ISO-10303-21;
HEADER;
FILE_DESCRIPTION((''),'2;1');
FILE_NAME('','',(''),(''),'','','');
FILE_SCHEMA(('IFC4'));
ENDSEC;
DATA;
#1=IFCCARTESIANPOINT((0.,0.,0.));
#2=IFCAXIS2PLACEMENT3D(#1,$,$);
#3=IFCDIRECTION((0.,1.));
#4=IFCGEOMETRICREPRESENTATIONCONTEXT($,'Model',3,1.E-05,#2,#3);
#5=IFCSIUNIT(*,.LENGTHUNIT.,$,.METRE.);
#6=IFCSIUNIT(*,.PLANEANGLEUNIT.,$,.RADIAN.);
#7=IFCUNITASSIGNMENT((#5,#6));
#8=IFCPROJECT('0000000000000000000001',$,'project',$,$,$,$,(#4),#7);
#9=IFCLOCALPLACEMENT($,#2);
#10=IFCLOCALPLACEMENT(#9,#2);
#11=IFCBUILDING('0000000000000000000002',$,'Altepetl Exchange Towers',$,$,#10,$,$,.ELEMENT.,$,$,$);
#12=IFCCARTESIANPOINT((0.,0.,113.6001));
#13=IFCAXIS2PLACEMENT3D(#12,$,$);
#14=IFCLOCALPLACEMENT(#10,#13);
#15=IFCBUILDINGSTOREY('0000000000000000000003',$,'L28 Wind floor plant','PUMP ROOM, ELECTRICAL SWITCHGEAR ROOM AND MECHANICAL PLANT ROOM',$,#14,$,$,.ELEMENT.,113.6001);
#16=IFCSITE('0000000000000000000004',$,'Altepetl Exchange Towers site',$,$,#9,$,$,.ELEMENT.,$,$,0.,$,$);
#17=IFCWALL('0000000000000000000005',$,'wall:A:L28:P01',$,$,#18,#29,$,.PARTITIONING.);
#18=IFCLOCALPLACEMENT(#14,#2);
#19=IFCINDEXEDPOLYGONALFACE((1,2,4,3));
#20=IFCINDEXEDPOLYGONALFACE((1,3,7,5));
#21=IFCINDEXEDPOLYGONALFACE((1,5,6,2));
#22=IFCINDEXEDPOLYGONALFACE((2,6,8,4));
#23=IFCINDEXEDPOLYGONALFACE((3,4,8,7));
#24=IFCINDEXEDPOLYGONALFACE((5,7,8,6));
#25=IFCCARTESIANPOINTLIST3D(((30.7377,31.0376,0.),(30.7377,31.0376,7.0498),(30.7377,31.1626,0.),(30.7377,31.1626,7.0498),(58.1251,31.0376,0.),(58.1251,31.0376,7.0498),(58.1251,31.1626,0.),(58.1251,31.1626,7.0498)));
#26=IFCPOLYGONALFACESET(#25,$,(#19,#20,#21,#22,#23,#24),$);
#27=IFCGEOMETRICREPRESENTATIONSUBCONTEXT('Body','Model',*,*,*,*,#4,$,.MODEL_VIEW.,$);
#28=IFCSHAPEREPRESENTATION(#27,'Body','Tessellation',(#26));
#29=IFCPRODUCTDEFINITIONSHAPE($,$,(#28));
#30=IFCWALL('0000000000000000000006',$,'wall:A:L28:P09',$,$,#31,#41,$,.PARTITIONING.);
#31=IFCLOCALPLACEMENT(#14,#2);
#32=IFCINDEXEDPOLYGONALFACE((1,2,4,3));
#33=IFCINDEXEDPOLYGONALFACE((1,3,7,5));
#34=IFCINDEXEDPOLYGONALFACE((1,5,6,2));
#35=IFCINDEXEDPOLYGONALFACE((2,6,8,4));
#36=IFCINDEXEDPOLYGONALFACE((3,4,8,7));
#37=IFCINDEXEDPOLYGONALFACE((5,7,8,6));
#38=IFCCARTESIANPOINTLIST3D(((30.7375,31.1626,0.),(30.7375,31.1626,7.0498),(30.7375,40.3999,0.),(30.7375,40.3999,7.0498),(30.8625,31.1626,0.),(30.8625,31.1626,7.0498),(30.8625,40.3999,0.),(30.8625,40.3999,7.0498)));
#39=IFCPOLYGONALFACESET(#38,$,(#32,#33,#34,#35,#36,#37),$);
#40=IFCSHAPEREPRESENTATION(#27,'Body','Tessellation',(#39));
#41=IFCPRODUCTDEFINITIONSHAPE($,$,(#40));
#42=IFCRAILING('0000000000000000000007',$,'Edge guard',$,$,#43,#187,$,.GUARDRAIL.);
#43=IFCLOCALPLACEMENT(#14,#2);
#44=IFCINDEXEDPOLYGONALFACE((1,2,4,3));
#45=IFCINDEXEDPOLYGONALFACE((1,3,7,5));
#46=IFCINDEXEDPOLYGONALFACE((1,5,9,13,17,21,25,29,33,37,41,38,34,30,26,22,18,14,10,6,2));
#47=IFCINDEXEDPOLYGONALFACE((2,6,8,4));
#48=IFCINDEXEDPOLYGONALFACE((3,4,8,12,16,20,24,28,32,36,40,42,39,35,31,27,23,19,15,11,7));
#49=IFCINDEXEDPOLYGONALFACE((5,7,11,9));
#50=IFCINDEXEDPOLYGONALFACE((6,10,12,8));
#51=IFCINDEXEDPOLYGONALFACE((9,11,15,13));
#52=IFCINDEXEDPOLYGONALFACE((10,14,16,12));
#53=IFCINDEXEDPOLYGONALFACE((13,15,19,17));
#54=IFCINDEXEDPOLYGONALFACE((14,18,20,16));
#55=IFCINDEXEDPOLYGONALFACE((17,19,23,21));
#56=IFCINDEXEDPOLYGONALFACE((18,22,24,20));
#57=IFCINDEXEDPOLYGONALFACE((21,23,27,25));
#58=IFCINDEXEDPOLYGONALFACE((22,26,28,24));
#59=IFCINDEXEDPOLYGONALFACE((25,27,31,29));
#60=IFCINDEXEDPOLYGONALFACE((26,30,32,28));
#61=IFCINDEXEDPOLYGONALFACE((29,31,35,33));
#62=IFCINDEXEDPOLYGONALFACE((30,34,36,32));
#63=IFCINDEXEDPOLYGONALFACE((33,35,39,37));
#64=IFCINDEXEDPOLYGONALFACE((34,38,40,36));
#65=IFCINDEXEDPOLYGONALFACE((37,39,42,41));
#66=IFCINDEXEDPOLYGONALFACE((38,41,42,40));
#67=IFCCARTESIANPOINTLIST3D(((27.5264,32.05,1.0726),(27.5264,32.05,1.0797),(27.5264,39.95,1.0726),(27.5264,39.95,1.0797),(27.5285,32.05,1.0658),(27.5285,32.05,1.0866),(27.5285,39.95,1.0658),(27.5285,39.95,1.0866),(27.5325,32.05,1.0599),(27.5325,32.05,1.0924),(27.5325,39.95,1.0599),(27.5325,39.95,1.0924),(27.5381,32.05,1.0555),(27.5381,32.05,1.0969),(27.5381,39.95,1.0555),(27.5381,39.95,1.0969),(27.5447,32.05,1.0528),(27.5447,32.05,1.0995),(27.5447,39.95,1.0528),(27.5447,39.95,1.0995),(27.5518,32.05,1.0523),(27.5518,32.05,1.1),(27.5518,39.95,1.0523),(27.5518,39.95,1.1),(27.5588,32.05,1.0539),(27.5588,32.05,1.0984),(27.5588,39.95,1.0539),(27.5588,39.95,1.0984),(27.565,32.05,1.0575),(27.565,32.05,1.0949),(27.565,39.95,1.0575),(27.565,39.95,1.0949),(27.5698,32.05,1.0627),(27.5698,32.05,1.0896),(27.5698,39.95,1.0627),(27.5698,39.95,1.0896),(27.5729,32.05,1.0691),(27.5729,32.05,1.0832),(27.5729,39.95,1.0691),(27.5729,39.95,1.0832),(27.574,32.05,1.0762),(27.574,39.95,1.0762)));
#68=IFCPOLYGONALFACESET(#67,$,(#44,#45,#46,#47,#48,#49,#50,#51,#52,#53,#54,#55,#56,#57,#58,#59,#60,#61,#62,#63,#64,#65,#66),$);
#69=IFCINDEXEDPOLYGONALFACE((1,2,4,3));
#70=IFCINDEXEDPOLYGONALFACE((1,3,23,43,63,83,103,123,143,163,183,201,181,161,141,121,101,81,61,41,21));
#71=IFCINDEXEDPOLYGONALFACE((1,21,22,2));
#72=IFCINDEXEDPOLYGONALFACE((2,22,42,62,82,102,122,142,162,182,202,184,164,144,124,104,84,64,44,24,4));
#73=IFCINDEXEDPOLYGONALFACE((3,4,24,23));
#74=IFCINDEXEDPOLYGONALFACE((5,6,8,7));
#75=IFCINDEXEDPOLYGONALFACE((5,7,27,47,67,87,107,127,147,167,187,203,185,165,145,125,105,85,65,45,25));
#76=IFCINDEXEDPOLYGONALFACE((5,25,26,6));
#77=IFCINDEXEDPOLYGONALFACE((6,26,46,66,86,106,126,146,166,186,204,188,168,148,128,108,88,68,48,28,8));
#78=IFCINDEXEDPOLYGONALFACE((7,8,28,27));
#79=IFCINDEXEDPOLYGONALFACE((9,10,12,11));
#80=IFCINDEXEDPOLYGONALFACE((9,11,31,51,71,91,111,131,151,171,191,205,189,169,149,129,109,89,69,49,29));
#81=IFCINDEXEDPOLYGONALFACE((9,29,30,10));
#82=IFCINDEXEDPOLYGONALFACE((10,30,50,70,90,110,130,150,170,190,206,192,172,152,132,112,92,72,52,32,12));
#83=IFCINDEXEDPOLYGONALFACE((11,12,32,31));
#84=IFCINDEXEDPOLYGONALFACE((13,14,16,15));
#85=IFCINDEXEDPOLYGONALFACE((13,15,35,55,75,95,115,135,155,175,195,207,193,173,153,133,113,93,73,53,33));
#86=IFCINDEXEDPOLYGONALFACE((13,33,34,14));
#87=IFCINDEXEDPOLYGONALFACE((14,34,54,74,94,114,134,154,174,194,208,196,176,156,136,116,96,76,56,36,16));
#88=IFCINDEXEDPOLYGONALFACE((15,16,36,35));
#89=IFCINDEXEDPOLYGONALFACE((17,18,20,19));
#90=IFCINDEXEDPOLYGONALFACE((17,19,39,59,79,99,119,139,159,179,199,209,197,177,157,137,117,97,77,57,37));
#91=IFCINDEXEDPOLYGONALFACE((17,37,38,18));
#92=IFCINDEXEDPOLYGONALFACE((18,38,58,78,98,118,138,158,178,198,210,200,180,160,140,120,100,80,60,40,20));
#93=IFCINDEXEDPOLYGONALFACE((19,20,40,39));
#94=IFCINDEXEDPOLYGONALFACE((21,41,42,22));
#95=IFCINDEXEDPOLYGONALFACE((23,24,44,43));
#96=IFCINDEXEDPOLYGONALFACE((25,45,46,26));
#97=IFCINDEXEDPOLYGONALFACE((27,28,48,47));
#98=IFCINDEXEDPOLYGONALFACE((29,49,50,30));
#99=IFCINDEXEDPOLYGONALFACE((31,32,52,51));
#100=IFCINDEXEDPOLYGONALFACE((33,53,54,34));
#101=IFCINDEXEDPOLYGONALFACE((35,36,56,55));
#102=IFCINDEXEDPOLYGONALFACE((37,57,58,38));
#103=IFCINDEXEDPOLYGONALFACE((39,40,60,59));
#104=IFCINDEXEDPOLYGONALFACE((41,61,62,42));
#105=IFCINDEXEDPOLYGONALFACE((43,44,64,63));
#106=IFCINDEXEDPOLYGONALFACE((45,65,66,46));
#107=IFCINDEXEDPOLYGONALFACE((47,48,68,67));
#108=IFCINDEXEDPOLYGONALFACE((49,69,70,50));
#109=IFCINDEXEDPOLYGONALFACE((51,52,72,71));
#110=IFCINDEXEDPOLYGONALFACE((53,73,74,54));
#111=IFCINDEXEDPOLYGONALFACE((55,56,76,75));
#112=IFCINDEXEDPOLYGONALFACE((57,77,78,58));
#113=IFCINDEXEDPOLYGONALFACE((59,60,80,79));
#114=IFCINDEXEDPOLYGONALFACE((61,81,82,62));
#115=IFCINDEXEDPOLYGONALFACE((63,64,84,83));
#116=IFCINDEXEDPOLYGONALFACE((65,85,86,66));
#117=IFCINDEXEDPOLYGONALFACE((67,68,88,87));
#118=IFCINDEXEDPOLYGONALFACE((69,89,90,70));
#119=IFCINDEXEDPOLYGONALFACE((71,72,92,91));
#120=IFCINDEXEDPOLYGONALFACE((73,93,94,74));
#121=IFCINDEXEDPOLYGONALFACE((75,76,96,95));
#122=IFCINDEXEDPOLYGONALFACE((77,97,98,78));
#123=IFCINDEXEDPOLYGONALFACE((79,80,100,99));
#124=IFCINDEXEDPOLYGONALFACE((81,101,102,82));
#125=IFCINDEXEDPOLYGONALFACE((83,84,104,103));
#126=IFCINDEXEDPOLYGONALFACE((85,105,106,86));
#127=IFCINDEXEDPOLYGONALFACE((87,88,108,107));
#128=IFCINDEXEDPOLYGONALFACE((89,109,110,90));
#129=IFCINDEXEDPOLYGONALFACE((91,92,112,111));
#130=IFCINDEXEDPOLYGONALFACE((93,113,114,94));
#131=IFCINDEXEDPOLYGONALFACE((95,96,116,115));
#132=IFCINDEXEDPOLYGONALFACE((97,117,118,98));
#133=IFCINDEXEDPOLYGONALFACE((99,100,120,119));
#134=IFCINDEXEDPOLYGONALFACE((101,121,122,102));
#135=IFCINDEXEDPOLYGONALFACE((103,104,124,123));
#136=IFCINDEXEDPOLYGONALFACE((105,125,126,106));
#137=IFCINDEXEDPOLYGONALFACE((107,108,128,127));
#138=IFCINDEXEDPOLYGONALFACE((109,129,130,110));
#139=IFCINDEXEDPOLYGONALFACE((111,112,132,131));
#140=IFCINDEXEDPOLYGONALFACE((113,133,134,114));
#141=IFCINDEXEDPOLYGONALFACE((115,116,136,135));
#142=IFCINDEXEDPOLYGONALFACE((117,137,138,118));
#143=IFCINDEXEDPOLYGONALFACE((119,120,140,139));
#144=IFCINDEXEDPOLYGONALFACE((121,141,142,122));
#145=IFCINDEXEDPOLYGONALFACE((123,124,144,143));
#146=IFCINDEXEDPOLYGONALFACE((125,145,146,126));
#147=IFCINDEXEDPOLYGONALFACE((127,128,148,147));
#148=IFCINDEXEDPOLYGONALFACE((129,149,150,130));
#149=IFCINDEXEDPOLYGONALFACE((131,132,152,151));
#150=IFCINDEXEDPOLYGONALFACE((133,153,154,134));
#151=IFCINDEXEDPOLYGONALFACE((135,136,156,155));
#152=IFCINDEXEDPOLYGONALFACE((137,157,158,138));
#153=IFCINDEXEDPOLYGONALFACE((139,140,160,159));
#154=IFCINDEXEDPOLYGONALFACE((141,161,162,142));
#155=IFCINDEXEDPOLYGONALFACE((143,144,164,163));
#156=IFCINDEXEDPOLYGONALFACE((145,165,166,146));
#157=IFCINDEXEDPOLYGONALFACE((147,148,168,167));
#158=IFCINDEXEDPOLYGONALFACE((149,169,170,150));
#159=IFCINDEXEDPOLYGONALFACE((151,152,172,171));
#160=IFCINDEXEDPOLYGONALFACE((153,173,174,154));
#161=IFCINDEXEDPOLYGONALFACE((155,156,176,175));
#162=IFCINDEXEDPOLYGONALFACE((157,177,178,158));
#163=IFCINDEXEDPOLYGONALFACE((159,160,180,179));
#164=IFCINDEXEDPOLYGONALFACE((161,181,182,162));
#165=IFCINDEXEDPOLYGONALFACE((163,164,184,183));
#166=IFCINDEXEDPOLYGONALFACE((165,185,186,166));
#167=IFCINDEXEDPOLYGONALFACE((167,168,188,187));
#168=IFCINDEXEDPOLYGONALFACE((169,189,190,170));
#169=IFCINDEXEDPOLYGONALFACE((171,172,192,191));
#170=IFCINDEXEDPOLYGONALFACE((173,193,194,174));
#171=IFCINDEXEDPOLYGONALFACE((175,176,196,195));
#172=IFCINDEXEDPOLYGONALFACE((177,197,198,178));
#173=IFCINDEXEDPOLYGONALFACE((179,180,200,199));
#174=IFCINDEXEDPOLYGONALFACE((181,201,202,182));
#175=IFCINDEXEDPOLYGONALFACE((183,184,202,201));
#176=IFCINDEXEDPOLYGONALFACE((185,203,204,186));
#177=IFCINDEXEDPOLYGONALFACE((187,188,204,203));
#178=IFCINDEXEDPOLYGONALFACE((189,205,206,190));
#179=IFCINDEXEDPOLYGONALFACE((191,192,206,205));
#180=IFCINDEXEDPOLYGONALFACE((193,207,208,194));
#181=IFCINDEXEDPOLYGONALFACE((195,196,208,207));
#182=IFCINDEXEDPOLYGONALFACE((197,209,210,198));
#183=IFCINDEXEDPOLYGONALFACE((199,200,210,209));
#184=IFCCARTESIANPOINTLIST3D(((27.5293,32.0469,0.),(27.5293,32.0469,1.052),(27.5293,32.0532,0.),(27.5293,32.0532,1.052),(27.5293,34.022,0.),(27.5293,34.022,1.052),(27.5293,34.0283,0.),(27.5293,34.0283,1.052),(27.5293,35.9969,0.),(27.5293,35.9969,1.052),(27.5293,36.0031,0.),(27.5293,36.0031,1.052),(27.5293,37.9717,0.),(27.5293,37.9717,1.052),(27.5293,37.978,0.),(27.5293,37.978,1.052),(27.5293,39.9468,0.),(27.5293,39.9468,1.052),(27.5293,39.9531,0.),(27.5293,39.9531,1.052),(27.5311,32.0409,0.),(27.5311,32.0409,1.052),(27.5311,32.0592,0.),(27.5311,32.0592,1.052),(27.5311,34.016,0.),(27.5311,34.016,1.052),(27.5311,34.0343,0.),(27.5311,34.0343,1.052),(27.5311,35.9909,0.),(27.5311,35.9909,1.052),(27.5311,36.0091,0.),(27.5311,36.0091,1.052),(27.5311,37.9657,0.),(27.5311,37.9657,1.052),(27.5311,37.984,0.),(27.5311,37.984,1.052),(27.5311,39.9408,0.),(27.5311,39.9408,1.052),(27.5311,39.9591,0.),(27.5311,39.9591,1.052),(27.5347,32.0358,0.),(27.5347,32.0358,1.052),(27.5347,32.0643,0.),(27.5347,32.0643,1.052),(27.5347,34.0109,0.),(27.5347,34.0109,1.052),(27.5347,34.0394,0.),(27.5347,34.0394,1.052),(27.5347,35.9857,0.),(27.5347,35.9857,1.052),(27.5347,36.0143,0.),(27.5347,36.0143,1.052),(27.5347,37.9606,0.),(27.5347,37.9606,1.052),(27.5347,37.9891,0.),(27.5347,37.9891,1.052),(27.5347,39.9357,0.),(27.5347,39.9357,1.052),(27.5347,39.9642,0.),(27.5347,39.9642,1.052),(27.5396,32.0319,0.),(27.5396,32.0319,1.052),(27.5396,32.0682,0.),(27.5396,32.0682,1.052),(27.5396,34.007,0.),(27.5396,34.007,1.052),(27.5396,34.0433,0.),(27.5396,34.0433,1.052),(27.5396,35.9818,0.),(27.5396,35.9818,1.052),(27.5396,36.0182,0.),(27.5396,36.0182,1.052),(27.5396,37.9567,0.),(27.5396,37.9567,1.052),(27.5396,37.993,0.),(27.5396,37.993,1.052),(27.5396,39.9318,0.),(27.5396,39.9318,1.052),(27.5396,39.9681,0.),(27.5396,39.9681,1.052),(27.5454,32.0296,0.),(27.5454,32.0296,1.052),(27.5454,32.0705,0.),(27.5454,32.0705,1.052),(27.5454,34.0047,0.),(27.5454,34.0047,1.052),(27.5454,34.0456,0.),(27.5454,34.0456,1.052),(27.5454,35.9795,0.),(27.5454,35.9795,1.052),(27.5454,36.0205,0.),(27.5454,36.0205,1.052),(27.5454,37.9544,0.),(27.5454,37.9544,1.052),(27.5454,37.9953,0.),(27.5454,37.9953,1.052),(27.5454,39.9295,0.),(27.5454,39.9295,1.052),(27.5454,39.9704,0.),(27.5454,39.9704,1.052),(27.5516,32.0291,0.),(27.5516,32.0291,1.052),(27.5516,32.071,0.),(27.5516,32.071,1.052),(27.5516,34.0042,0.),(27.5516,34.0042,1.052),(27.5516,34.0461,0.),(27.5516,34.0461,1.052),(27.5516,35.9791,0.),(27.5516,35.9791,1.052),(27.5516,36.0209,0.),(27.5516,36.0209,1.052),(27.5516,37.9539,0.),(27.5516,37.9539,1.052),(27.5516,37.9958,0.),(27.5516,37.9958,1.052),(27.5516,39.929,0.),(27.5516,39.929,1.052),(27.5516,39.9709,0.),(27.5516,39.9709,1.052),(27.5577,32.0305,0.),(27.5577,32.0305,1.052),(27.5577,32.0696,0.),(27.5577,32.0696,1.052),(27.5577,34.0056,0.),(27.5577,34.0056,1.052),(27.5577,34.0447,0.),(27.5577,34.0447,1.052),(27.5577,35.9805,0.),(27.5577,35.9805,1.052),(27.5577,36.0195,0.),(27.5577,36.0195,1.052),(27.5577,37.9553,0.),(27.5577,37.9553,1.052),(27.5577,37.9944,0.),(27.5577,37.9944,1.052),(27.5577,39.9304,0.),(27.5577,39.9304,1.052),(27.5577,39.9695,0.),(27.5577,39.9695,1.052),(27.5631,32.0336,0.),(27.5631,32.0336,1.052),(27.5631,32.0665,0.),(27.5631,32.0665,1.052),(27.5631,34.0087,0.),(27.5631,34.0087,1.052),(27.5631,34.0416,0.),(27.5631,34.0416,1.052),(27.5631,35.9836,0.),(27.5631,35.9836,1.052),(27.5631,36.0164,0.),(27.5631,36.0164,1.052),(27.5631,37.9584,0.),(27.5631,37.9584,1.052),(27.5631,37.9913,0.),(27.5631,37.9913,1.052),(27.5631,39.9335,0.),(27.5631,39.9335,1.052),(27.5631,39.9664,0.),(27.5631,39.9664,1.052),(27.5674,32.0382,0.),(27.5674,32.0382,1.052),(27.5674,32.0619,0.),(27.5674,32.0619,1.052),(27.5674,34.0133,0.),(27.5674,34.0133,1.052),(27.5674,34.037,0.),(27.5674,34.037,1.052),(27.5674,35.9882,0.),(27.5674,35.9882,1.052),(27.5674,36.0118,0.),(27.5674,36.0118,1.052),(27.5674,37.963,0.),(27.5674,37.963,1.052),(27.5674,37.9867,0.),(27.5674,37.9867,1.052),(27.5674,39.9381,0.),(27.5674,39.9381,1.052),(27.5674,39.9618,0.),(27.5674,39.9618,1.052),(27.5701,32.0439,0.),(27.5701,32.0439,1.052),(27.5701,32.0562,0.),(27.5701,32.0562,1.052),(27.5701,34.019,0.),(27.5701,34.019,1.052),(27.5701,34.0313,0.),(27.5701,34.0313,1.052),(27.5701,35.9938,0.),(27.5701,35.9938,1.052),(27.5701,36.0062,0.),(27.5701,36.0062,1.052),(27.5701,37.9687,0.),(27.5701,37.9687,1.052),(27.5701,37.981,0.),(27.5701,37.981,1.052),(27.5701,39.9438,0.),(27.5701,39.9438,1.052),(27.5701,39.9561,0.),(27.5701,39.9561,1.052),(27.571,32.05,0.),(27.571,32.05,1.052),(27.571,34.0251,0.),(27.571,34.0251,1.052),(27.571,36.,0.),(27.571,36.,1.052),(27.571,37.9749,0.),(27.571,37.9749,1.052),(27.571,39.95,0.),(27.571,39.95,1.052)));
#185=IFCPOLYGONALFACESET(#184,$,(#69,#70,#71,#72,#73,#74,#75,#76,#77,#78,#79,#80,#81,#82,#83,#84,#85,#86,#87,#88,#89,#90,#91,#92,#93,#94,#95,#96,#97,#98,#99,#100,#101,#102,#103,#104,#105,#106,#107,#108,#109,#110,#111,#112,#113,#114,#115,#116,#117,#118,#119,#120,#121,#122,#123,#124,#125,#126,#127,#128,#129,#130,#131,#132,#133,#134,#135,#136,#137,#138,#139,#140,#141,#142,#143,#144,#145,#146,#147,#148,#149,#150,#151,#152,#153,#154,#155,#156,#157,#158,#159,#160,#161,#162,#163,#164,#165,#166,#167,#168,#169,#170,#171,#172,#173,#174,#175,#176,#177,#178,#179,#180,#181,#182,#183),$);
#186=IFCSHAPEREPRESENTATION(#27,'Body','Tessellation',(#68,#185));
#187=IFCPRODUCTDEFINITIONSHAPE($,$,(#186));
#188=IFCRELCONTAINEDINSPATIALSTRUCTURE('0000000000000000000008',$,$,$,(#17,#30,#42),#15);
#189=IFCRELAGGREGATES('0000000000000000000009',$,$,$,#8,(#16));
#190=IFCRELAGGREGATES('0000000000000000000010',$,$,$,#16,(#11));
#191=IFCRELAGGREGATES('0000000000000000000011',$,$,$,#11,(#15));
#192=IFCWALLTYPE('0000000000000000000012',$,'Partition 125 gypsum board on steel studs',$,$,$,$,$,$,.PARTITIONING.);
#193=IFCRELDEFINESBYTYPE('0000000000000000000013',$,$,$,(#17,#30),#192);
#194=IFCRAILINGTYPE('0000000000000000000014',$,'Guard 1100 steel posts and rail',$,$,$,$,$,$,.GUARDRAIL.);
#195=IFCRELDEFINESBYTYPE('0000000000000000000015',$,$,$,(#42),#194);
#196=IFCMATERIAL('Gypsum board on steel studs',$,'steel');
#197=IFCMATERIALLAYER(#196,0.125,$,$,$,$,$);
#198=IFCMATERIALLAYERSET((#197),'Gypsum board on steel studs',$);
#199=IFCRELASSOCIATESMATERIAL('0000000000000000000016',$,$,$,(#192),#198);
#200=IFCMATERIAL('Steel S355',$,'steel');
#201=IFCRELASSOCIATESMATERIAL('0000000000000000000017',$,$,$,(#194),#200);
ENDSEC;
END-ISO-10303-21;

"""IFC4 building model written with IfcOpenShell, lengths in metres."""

from ifc_helpers import new_model, si_unit, direction, frame, frame_2d, origin, origin_2d, place, context, subcontext, project, spatial, rectangle, circle, extrude, source, transform, mapped, material, layer, layer_set, type_object, element, save


model = new_model("IFC4")

# Units and contexts
model_context = context("Model", 3, precision=1e-05, world=origin(), true_north=direction((0.0, 1.0)))
body_context = subcontext(model_context, "Body", "Model", "MODEL_VIEW")
ifc_project = project(units=[si_unit("LENGTHUNIT", "METRE"), si_unit("PLANEANGLEUNIT", "RADIAN")], contexts=[model_context])

# Site, building, storey
site_placement = place(None, origin())
site = spatial("IfcSite", under=ifc_project, at=site_placement, Name="Altepetl Exchange Towers site", CompositionType="ELEMENT", RefElevation=0.0)
building_placement = place(site_placement, origin())
building = spatial("IfcBuilding", under=site, at=building_placement, Name="Altepetl Exchange Towers", CompositionType="ELEMENT")
storey_placement = place(building_placement, frame((0.0, 0.0, 113.6001)))
storey = spatial("IfcBuildingStorey", under=building, at=storey_placement, Name="L28 Wind floor plant", Description="PUMP ROOM, ELECTRICAL SWITCHGEAR ROOM AND MECHANICAL PLANT ROOM", CompositionType="ELEMENT", Elevation=113.6001)

# Shared definitions
ifc_material_1 = material(Name="Steel S355", Category="steel")

# Walls
ifc_material_2 = material(Name="Gypsum board on steel studs", Category="steel")
ifc_layer = layer(ifc_material_2, 0.125)
ifc_layer_set = layer_set([ifc_layer], Name="Gypsum board on steel studs")
wall_type = type_object("IfcWallType", Name="Partition 125 gypsum board on steel studs", PredefinedType="PARTITIONING", material=ifc_layer_set)
wall_1_placement = place(storey_placement, frame((30.7375, 31.1001, 0.0)))
element("IfcWall", 1, at=wall_1_placement, inside=storey, type_object=wall_type, Name="wall:A:L28:P01", PredefinedType="PARTITIONING", context=body_context, shape_type="SweptSolid", body=[
    extrude(rectangle(XDim=27.3875, YDim=0.125, at=frame_2d((13.6938, 0.0))), origin(), (0.0, 0.0, 1.0), 7.0498),
])
wall_2_placement = place(storey_placement, frame((30.8, 31.1626, 0.0), z_axis=(0.0, 0.0, 1.0), x_axis=(0.0, 1.0, 0.0)))
element("IfcWall", 2, at=wall_2_placement, inside=storey, type_object=wall_type, Name="wall:A:L28:P09", PredefinedType="PARTITIONING", context=body_context, shape_type="SweptSolid", body=[
    extrude(rectangle(XDim=9.2373, YDim=0.125, at=frame_2d((4.6187, 0.0))), origin(), (0.0, 0.0, 1.0), 7.0498),
])

# Railing
railing_type = type_object("IfcRailingType", Name="Guard 1100 steel posts and rail", PredefinedType="GUARDRAIL", material=ifc_material_1)
shared_shape = source(origin(), body_context, "Body", "SweptSolid", [
    extrude(circle(Radius=0.021, at=origin_2d()), origin(), (0.0, 0.0, 1.0), 1.052),
])
railing_1_placement = place(storey_placement, frame((27.55, 39.95, 0.0)))
element("IfcRailing", 3, at=railing_1_placement, inside=storey, type_object=railing_type, Name="Edge guard", PredefinedType="GUARDRAIL", context=body_context, shape_type="SweptSolid", body=[
    extrude(circle(Radius=0.0239, at=origin_2d()), frame((0.0, 0.0, 1.0762), z_axis=(0.0, -1.0, 0.0), x_axis=(1.0, 0.0, 0.0)), (0.0, 0.0, 1.0), 7.8999),
    mapped(shared_shape, transform((0.0, 0.0, 0.0))),
    mapped(shared_shape, transform((0.0, -1.9751, 0.0))),
    mapped(shared_shape, transform((0.0, -3.95, 0.0))),
    mapped(shared_shape, transform((0.0, -5.9248, 0.0))),
    mapped(shared_shape, transform((0.0, -7.8999, 0.0))),
])

save(model, "model.ifc")
